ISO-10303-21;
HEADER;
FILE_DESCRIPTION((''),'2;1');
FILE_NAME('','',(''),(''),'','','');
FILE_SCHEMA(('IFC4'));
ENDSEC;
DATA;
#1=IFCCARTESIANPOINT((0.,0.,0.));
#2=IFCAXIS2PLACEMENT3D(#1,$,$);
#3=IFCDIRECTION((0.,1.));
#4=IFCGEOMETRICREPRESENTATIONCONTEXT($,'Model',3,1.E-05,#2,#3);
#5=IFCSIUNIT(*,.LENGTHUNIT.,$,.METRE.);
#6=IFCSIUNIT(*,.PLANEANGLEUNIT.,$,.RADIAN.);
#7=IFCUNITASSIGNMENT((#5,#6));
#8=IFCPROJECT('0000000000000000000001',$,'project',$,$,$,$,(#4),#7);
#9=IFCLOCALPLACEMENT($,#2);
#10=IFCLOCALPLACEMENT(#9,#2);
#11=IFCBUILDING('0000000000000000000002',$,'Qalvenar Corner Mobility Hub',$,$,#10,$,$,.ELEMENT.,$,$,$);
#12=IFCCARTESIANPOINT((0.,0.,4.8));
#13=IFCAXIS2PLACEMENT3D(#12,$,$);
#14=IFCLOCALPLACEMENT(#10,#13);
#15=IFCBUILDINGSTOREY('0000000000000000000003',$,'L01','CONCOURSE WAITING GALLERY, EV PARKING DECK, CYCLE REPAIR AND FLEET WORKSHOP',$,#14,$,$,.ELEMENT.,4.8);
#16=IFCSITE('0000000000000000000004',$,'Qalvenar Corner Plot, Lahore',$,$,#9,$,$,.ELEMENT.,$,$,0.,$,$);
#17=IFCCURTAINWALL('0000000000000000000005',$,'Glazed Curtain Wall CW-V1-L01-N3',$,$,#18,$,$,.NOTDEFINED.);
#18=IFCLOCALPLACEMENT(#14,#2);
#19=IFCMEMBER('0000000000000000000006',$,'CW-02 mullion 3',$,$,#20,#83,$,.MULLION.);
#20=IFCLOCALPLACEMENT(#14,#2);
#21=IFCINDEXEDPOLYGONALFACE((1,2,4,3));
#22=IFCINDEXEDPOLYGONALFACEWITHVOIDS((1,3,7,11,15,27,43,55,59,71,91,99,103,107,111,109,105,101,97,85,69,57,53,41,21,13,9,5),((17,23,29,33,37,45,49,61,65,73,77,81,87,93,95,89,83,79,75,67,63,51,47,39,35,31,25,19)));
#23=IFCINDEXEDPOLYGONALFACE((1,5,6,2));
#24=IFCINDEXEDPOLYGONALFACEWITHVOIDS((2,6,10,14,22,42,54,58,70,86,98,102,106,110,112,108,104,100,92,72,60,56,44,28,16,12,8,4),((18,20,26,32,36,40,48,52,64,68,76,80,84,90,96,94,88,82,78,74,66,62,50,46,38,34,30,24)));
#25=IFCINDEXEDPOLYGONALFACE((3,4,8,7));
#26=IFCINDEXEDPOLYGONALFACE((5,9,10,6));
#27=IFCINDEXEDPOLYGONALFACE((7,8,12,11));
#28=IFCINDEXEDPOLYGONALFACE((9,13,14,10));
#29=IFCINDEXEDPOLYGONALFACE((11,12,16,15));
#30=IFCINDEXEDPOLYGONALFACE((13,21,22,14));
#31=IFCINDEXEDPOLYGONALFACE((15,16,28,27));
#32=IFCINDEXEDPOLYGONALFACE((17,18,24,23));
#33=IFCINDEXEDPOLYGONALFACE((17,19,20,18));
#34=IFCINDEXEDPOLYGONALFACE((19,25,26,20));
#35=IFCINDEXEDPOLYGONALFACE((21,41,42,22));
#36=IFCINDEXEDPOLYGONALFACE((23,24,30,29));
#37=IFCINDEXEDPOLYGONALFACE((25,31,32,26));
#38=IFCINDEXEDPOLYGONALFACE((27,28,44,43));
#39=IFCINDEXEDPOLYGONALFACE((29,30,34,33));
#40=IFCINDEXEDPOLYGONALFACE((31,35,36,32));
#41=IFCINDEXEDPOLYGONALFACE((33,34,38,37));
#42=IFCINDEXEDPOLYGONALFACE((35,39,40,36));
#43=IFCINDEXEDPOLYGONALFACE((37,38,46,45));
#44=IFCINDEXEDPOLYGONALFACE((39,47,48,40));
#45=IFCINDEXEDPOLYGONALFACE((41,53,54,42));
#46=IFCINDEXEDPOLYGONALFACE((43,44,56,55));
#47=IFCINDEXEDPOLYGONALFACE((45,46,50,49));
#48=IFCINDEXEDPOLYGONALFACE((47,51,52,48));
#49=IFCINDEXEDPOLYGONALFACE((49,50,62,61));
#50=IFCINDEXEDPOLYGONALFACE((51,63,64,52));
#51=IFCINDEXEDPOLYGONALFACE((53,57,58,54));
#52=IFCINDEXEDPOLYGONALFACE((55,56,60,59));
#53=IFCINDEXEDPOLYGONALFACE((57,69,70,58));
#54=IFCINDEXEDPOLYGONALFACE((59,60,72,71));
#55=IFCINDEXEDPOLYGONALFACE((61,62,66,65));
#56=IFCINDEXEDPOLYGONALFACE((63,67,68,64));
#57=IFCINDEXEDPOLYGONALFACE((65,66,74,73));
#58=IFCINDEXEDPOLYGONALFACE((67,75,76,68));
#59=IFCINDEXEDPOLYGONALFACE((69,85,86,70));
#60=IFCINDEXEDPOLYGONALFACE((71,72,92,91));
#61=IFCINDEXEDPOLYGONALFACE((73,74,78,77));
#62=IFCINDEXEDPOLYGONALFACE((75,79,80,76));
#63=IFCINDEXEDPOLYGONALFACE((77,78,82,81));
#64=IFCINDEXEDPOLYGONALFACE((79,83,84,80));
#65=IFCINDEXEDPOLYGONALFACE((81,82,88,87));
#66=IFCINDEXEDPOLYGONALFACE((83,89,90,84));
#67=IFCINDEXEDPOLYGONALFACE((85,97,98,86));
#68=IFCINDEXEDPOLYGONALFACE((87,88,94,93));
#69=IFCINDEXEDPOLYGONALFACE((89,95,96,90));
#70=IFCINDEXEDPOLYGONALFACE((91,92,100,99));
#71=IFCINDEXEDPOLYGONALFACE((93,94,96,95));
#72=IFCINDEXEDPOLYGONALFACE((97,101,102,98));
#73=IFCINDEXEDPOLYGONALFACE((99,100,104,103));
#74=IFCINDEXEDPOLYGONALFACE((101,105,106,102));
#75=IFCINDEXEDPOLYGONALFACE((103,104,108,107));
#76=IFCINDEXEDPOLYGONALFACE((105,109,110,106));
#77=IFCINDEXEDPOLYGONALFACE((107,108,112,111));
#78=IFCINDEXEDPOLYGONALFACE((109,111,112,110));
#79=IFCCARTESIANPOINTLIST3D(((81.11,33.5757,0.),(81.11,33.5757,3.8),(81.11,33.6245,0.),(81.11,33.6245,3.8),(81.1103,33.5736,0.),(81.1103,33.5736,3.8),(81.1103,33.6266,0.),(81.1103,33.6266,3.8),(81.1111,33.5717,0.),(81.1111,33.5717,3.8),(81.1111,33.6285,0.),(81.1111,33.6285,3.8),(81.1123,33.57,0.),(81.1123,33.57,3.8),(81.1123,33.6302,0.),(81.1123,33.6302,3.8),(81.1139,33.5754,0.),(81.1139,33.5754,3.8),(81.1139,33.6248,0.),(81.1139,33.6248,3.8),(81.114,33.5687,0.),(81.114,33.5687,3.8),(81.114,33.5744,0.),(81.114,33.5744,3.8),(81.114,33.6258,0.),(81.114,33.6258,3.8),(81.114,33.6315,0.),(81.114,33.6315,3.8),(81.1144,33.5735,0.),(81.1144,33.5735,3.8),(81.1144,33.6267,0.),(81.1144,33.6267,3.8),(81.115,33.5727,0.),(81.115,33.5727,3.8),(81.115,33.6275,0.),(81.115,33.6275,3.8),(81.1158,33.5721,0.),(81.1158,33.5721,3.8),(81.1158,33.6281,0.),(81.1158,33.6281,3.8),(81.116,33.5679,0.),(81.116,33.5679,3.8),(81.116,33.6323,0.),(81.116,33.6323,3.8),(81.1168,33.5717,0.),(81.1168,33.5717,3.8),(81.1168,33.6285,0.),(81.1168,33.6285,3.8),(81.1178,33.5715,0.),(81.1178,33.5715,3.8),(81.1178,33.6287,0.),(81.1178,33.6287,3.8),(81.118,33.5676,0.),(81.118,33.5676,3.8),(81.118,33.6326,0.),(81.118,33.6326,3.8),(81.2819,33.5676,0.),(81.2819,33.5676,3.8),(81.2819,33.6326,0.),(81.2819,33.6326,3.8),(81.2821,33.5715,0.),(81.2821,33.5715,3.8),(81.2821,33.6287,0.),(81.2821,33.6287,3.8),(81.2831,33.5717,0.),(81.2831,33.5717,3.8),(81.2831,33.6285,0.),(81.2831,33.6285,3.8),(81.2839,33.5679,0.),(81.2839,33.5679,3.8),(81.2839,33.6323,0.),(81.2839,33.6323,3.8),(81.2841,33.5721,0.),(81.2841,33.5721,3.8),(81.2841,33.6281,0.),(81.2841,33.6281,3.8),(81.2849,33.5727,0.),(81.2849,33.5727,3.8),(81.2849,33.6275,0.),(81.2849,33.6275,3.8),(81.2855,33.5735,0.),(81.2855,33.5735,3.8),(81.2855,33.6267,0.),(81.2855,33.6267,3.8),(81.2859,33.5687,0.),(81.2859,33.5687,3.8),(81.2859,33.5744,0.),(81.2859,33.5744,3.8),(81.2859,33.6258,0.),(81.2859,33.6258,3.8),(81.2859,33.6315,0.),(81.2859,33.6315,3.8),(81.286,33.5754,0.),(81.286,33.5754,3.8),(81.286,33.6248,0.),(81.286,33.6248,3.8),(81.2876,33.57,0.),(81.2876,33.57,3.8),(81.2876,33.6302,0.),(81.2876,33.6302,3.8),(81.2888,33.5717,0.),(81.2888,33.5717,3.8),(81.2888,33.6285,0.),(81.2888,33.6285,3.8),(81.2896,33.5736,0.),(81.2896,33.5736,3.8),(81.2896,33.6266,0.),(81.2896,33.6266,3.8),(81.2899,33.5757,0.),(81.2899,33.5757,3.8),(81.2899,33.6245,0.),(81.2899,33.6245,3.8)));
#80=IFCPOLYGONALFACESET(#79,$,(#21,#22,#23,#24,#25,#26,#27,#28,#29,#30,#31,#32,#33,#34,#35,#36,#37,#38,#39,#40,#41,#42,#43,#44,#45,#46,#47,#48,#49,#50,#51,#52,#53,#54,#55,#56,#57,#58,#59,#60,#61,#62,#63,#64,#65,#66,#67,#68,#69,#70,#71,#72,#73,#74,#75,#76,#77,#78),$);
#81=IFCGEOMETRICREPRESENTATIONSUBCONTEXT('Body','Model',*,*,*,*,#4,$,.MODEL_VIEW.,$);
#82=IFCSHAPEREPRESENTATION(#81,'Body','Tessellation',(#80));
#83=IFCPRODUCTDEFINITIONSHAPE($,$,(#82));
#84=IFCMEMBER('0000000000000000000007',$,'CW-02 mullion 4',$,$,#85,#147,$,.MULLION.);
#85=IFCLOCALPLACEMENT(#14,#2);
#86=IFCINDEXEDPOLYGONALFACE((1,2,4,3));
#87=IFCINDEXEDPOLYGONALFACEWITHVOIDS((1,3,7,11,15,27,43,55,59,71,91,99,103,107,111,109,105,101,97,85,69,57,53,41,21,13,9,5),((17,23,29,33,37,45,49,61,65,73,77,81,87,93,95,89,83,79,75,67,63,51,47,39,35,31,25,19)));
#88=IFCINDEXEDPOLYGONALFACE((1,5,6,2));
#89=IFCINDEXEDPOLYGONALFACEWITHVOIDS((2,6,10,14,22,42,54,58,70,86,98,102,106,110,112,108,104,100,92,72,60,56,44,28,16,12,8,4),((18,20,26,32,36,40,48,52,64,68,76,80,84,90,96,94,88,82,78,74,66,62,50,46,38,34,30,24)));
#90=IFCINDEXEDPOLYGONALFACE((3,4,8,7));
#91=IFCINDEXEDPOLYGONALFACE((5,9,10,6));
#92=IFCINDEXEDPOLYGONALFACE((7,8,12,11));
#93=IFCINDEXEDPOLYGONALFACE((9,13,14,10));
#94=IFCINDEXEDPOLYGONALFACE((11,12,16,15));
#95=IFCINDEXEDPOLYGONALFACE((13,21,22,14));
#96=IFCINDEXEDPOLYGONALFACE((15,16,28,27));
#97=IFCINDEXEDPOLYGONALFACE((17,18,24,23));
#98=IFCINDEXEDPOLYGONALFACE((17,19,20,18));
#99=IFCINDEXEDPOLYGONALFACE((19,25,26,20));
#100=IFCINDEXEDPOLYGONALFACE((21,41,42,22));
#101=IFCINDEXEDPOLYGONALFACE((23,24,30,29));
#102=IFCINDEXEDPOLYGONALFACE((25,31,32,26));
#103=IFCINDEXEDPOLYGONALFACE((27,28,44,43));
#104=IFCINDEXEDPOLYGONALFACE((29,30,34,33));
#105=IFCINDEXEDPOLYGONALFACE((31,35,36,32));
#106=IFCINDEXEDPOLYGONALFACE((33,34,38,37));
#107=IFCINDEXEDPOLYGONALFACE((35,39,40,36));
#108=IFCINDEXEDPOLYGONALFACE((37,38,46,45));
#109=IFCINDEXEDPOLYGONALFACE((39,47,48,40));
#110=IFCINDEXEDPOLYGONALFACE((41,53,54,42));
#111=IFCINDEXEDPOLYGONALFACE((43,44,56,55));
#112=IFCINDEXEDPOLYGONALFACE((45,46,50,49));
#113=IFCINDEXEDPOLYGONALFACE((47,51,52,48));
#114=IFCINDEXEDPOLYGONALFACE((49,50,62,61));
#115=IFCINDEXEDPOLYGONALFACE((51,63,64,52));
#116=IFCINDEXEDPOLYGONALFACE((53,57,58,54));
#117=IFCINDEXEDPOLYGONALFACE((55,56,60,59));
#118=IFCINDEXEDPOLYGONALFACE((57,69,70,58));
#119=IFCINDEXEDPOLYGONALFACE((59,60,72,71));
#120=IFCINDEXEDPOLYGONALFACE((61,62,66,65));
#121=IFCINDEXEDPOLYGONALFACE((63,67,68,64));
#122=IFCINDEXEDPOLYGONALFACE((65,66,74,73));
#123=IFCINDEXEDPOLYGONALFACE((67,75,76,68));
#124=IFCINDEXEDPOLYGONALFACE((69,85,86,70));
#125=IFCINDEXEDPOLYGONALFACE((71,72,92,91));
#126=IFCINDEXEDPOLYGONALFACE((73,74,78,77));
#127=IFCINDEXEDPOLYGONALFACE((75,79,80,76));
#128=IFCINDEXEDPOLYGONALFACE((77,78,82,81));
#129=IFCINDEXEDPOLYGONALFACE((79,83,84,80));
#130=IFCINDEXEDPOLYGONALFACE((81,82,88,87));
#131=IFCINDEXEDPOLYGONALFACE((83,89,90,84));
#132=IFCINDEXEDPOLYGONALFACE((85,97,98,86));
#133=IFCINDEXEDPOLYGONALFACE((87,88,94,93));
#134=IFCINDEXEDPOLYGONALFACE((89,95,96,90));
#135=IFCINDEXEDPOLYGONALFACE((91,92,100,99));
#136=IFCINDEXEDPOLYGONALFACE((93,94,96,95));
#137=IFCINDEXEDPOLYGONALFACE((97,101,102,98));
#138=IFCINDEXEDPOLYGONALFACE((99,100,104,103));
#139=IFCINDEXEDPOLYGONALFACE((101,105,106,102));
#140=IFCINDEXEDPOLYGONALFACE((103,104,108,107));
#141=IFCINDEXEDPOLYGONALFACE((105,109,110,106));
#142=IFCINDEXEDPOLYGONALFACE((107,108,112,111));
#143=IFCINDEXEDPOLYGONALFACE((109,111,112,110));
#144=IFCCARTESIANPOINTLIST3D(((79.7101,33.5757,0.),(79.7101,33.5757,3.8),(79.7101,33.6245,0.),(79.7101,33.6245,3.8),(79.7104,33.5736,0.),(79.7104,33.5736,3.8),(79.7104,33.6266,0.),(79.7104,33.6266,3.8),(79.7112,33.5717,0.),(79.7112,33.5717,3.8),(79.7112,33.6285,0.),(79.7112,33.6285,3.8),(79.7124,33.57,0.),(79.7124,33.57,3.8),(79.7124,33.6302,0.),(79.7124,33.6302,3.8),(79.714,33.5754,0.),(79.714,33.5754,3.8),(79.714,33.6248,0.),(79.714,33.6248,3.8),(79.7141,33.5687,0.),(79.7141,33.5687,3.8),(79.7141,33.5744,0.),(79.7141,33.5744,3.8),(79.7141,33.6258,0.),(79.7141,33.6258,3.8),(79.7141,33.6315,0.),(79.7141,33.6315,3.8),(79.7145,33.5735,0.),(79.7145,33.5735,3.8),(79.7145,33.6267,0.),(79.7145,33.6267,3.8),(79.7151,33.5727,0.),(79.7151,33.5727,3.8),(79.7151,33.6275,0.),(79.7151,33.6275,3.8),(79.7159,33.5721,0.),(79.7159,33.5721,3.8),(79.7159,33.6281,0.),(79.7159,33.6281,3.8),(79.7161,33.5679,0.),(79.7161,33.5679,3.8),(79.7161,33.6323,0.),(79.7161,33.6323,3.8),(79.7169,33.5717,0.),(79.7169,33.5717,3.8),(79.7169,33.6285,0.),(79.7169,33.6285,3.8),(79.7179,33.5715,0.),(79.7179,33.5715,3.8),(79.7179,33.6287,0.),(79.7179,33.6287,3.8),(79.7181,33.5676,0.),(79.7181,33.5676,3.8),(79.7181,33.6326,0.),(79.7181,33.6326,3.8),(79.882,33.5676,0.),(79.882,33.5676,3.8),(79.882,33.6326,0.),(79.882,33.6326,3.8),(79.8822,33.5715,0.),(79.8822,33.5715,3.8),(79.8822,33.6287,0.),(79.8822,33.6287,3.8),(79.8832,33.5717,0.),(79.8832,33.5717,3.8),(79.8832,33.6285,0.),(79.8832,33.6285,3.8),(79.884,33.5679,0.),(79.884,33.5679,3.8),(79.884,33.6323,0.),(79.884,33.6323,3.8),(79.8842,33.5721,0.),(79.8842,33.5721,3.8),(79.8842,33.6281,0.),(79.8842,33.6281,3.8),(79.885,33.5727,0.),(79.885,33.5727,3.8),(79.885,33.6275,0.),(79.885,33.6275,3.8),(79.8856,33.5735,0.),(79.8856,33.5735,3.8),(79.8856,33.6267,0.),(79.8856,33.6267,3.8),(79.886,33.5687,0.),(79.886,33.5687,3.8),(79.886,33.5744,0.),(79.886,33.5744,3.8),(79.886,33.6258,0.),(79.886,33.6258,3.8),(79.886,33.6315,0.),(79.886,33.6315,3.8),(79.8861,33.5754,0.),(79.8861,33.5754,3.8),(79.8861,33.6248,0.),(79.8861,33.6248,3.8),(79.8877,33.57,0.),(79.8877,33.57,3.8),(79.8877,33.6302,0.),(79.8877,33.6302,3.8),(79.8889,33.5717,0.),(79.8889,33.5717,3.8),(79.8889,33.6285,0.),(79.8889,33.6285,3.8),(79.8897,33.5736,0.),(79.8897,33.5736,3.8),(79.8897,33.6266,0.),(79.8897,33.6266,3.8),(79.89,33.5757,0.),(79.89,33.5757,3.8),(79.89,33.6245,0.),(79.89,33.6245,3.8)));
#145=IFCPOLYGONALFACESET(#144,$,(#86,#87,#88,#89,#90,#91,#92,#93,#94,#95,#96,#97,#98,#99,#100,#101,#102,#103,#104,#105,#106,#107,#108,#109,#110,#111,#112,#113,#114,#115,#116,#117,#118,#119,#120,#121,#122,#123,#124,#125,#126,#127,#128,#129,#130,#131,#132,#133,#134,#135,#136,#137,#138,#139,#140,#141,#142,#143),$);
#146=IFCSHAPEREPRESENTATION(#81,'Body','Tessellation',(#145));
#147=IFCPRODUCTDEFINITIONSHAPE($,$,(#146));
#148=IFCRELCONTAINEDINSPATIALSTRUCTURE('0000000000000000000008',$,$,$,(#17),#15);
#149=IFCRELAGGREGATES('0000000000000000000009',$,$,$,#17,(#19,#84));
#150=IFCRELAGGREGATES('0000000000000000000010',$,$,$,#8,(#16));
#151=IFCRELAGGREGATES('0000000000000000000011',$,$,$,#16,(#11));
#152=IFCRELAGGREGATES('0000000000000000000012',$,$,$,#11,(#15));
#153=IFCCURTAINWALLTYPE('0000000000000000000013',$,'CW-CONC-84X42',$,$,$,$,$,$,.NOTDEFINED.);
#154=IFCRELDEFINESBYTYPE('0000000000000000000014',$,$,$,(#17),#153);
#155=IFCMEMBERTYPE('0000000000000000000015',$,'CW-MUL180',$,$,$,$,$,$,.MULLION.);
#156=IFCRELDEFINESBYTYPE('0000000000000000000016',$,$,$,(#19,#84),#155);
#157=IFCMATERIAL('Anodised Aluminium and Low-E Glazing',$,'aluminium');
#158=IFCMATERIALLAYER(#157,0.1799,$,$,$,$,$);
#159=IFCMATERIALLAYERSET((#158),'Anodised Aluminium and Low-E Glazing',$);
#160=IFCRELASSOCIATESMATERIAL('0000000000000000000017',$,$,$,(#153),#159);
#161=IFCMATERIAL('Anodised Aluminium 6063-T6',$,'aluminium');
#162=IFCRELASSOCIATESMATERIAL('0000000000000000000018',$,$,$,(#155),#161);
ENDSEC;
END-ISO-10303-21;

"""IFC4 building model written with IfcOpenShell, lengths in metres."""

from ifc_helpers import new_model, si_unit, direction, frame, origin, origin_2d, place, context, subcontext, project, spatial, hollow_rectangle, extrude, material, layer, layer_set, material_profile, profile_set, type_object, element, aggregate, save


model = new_model("IFC4")

# Units and contexts
model_context = context("Model", 3, precision=1e-05, world=origin(), true_north=direction((0.0, 1.0)))
body_context = subcontext(model_context, "Body", "Model", "MODEL_VIEW")
ifc_project = project(units=[si_unit("LENGTHUNIT", "METRE"), si_unit("PLANEANGLEUNIT", "RADIAN")], contexts=[model_context])

# Site, building, storey
site_placement = place(None, origin())
site = spatial("IfcSite", under=ifc_project, at=site_placement, Name="Qalvenar Corner Plot, Lahore", CompositionType="ELEMENT", RefElevation=0.0)
building_placement = place(site_placement, origin())
building = spatial("IfcBuilding", under=site, at=building_placement, Name="Qalvenar Corner Mobility Hub", CompositionType="ELEMENT")
storey_placement = place(building_placement, frame((0.0, 0.0, 4.8)))
storey = spatial("IfcBuildingStorey", under=building, at=storey_placement, Name="L01", Description="CONCOURSE WAITING GALLERY, EV PARKING DECK, CYCLE REPAIR AND FLEET WORKSHOP", CompositionType="ELEMENT", Elevation=4.8)

# Curtain wall, members
ifc_material_1 = material(Name="Anodised Aluminium and Low-E Glazing", Category="aluminium")
ifc_layer_1 = layer(ifc_material_1, 0.1799)
ifc_layer_set_1 = layer_set([ifc_layer_1], Name="Anodised Aluminium and Low-E Glazing")
curtain_wall_type = type_object("IfcCurtainWallType", Name="CW-CONC-84X42", PredefinedType="NOTDEFINED", material=ifc_layer_set_1)
curtain_wall_placement = place(storey_placement, origin())
curtain_wall = element("IfcCurtainWall", 1, at=curtain_wall_placement, inside=storey, type_object=curtain_wall_type, Name="Glazed Curtain Wall CW-V1-L01-N3", PredefinedType="NOTDEFINED")
ifc_material_2 = material(Name="Anodised Aluminium 6063-T6", Category="aluminium")
ifc_material_profile_1 = material_profile(ifc_material_2, hollow_rectangle(XDim=0.0649, YDim=0.1799, WallThickness=0.0039, InnerFilletRadius=0.0039, OuterFilletRadius=0.0081, at=origin_2d()), Name="RHS180x65x4")
ifc_profile_set_1 = profile_set([ifc_material_profile_1], Name="Anodised Aluminium 6063-T6")
member_type_1 = type_object("IfcMemberType", Name="CW-MUL180", PredefinedType="MULLION", material=ifc_profile_set_1)
member_1_placement = place(storey_placement, frame((81.2, 33.6001, 0.0), z_axis=(0.0, 0.0, 1.0), x_axis=(0.0, -1.0, 0.0)))
member_1 = element("IfcMember", 2, at=member_1_placement, type_object=member_type_1, Name="CW-02 mullion 3", PredefinedType="MULLION", context=body_context, shape_type="SweptSolid", body=[
    extrude(hollow_rectangle(XDim=0.0649, YDim=0.1799, WallThickness=0.0039, InnerFilletRadius=0.0039, OuterFilletRadius=0.0081, at=origin_2d()), origin(), (0.0, 0.0, 1.0), 3.8),
])
member_2_placement = place(storey_placement, frame((79.8, 33.6001, 0.0), z_axis=(0.0, 0.0, 1.0), x_axis=(0.0, -1.0, 0.0)))
member_2 = element("IfcMember", 3, at=member_2_placement, type_object=member_type_1, Name="CW-02 mullion 4", PredefinedType="MULLION", context=body_context, shape_type="SweptSolid", body=[
    extrude(hollow_rectangle(XDim=0.0649, YDim=0.1799, WallThickness=0.0039, InnerFilletRadius=0.0039, OuterFilletRadius=0.0081, at=origin_2d()), origin(), (0.0, 0.0, 1.0), 3.8),
])
aggregate(curtain_wall, [member_1, member_2])

save(model, "model.ifc")
